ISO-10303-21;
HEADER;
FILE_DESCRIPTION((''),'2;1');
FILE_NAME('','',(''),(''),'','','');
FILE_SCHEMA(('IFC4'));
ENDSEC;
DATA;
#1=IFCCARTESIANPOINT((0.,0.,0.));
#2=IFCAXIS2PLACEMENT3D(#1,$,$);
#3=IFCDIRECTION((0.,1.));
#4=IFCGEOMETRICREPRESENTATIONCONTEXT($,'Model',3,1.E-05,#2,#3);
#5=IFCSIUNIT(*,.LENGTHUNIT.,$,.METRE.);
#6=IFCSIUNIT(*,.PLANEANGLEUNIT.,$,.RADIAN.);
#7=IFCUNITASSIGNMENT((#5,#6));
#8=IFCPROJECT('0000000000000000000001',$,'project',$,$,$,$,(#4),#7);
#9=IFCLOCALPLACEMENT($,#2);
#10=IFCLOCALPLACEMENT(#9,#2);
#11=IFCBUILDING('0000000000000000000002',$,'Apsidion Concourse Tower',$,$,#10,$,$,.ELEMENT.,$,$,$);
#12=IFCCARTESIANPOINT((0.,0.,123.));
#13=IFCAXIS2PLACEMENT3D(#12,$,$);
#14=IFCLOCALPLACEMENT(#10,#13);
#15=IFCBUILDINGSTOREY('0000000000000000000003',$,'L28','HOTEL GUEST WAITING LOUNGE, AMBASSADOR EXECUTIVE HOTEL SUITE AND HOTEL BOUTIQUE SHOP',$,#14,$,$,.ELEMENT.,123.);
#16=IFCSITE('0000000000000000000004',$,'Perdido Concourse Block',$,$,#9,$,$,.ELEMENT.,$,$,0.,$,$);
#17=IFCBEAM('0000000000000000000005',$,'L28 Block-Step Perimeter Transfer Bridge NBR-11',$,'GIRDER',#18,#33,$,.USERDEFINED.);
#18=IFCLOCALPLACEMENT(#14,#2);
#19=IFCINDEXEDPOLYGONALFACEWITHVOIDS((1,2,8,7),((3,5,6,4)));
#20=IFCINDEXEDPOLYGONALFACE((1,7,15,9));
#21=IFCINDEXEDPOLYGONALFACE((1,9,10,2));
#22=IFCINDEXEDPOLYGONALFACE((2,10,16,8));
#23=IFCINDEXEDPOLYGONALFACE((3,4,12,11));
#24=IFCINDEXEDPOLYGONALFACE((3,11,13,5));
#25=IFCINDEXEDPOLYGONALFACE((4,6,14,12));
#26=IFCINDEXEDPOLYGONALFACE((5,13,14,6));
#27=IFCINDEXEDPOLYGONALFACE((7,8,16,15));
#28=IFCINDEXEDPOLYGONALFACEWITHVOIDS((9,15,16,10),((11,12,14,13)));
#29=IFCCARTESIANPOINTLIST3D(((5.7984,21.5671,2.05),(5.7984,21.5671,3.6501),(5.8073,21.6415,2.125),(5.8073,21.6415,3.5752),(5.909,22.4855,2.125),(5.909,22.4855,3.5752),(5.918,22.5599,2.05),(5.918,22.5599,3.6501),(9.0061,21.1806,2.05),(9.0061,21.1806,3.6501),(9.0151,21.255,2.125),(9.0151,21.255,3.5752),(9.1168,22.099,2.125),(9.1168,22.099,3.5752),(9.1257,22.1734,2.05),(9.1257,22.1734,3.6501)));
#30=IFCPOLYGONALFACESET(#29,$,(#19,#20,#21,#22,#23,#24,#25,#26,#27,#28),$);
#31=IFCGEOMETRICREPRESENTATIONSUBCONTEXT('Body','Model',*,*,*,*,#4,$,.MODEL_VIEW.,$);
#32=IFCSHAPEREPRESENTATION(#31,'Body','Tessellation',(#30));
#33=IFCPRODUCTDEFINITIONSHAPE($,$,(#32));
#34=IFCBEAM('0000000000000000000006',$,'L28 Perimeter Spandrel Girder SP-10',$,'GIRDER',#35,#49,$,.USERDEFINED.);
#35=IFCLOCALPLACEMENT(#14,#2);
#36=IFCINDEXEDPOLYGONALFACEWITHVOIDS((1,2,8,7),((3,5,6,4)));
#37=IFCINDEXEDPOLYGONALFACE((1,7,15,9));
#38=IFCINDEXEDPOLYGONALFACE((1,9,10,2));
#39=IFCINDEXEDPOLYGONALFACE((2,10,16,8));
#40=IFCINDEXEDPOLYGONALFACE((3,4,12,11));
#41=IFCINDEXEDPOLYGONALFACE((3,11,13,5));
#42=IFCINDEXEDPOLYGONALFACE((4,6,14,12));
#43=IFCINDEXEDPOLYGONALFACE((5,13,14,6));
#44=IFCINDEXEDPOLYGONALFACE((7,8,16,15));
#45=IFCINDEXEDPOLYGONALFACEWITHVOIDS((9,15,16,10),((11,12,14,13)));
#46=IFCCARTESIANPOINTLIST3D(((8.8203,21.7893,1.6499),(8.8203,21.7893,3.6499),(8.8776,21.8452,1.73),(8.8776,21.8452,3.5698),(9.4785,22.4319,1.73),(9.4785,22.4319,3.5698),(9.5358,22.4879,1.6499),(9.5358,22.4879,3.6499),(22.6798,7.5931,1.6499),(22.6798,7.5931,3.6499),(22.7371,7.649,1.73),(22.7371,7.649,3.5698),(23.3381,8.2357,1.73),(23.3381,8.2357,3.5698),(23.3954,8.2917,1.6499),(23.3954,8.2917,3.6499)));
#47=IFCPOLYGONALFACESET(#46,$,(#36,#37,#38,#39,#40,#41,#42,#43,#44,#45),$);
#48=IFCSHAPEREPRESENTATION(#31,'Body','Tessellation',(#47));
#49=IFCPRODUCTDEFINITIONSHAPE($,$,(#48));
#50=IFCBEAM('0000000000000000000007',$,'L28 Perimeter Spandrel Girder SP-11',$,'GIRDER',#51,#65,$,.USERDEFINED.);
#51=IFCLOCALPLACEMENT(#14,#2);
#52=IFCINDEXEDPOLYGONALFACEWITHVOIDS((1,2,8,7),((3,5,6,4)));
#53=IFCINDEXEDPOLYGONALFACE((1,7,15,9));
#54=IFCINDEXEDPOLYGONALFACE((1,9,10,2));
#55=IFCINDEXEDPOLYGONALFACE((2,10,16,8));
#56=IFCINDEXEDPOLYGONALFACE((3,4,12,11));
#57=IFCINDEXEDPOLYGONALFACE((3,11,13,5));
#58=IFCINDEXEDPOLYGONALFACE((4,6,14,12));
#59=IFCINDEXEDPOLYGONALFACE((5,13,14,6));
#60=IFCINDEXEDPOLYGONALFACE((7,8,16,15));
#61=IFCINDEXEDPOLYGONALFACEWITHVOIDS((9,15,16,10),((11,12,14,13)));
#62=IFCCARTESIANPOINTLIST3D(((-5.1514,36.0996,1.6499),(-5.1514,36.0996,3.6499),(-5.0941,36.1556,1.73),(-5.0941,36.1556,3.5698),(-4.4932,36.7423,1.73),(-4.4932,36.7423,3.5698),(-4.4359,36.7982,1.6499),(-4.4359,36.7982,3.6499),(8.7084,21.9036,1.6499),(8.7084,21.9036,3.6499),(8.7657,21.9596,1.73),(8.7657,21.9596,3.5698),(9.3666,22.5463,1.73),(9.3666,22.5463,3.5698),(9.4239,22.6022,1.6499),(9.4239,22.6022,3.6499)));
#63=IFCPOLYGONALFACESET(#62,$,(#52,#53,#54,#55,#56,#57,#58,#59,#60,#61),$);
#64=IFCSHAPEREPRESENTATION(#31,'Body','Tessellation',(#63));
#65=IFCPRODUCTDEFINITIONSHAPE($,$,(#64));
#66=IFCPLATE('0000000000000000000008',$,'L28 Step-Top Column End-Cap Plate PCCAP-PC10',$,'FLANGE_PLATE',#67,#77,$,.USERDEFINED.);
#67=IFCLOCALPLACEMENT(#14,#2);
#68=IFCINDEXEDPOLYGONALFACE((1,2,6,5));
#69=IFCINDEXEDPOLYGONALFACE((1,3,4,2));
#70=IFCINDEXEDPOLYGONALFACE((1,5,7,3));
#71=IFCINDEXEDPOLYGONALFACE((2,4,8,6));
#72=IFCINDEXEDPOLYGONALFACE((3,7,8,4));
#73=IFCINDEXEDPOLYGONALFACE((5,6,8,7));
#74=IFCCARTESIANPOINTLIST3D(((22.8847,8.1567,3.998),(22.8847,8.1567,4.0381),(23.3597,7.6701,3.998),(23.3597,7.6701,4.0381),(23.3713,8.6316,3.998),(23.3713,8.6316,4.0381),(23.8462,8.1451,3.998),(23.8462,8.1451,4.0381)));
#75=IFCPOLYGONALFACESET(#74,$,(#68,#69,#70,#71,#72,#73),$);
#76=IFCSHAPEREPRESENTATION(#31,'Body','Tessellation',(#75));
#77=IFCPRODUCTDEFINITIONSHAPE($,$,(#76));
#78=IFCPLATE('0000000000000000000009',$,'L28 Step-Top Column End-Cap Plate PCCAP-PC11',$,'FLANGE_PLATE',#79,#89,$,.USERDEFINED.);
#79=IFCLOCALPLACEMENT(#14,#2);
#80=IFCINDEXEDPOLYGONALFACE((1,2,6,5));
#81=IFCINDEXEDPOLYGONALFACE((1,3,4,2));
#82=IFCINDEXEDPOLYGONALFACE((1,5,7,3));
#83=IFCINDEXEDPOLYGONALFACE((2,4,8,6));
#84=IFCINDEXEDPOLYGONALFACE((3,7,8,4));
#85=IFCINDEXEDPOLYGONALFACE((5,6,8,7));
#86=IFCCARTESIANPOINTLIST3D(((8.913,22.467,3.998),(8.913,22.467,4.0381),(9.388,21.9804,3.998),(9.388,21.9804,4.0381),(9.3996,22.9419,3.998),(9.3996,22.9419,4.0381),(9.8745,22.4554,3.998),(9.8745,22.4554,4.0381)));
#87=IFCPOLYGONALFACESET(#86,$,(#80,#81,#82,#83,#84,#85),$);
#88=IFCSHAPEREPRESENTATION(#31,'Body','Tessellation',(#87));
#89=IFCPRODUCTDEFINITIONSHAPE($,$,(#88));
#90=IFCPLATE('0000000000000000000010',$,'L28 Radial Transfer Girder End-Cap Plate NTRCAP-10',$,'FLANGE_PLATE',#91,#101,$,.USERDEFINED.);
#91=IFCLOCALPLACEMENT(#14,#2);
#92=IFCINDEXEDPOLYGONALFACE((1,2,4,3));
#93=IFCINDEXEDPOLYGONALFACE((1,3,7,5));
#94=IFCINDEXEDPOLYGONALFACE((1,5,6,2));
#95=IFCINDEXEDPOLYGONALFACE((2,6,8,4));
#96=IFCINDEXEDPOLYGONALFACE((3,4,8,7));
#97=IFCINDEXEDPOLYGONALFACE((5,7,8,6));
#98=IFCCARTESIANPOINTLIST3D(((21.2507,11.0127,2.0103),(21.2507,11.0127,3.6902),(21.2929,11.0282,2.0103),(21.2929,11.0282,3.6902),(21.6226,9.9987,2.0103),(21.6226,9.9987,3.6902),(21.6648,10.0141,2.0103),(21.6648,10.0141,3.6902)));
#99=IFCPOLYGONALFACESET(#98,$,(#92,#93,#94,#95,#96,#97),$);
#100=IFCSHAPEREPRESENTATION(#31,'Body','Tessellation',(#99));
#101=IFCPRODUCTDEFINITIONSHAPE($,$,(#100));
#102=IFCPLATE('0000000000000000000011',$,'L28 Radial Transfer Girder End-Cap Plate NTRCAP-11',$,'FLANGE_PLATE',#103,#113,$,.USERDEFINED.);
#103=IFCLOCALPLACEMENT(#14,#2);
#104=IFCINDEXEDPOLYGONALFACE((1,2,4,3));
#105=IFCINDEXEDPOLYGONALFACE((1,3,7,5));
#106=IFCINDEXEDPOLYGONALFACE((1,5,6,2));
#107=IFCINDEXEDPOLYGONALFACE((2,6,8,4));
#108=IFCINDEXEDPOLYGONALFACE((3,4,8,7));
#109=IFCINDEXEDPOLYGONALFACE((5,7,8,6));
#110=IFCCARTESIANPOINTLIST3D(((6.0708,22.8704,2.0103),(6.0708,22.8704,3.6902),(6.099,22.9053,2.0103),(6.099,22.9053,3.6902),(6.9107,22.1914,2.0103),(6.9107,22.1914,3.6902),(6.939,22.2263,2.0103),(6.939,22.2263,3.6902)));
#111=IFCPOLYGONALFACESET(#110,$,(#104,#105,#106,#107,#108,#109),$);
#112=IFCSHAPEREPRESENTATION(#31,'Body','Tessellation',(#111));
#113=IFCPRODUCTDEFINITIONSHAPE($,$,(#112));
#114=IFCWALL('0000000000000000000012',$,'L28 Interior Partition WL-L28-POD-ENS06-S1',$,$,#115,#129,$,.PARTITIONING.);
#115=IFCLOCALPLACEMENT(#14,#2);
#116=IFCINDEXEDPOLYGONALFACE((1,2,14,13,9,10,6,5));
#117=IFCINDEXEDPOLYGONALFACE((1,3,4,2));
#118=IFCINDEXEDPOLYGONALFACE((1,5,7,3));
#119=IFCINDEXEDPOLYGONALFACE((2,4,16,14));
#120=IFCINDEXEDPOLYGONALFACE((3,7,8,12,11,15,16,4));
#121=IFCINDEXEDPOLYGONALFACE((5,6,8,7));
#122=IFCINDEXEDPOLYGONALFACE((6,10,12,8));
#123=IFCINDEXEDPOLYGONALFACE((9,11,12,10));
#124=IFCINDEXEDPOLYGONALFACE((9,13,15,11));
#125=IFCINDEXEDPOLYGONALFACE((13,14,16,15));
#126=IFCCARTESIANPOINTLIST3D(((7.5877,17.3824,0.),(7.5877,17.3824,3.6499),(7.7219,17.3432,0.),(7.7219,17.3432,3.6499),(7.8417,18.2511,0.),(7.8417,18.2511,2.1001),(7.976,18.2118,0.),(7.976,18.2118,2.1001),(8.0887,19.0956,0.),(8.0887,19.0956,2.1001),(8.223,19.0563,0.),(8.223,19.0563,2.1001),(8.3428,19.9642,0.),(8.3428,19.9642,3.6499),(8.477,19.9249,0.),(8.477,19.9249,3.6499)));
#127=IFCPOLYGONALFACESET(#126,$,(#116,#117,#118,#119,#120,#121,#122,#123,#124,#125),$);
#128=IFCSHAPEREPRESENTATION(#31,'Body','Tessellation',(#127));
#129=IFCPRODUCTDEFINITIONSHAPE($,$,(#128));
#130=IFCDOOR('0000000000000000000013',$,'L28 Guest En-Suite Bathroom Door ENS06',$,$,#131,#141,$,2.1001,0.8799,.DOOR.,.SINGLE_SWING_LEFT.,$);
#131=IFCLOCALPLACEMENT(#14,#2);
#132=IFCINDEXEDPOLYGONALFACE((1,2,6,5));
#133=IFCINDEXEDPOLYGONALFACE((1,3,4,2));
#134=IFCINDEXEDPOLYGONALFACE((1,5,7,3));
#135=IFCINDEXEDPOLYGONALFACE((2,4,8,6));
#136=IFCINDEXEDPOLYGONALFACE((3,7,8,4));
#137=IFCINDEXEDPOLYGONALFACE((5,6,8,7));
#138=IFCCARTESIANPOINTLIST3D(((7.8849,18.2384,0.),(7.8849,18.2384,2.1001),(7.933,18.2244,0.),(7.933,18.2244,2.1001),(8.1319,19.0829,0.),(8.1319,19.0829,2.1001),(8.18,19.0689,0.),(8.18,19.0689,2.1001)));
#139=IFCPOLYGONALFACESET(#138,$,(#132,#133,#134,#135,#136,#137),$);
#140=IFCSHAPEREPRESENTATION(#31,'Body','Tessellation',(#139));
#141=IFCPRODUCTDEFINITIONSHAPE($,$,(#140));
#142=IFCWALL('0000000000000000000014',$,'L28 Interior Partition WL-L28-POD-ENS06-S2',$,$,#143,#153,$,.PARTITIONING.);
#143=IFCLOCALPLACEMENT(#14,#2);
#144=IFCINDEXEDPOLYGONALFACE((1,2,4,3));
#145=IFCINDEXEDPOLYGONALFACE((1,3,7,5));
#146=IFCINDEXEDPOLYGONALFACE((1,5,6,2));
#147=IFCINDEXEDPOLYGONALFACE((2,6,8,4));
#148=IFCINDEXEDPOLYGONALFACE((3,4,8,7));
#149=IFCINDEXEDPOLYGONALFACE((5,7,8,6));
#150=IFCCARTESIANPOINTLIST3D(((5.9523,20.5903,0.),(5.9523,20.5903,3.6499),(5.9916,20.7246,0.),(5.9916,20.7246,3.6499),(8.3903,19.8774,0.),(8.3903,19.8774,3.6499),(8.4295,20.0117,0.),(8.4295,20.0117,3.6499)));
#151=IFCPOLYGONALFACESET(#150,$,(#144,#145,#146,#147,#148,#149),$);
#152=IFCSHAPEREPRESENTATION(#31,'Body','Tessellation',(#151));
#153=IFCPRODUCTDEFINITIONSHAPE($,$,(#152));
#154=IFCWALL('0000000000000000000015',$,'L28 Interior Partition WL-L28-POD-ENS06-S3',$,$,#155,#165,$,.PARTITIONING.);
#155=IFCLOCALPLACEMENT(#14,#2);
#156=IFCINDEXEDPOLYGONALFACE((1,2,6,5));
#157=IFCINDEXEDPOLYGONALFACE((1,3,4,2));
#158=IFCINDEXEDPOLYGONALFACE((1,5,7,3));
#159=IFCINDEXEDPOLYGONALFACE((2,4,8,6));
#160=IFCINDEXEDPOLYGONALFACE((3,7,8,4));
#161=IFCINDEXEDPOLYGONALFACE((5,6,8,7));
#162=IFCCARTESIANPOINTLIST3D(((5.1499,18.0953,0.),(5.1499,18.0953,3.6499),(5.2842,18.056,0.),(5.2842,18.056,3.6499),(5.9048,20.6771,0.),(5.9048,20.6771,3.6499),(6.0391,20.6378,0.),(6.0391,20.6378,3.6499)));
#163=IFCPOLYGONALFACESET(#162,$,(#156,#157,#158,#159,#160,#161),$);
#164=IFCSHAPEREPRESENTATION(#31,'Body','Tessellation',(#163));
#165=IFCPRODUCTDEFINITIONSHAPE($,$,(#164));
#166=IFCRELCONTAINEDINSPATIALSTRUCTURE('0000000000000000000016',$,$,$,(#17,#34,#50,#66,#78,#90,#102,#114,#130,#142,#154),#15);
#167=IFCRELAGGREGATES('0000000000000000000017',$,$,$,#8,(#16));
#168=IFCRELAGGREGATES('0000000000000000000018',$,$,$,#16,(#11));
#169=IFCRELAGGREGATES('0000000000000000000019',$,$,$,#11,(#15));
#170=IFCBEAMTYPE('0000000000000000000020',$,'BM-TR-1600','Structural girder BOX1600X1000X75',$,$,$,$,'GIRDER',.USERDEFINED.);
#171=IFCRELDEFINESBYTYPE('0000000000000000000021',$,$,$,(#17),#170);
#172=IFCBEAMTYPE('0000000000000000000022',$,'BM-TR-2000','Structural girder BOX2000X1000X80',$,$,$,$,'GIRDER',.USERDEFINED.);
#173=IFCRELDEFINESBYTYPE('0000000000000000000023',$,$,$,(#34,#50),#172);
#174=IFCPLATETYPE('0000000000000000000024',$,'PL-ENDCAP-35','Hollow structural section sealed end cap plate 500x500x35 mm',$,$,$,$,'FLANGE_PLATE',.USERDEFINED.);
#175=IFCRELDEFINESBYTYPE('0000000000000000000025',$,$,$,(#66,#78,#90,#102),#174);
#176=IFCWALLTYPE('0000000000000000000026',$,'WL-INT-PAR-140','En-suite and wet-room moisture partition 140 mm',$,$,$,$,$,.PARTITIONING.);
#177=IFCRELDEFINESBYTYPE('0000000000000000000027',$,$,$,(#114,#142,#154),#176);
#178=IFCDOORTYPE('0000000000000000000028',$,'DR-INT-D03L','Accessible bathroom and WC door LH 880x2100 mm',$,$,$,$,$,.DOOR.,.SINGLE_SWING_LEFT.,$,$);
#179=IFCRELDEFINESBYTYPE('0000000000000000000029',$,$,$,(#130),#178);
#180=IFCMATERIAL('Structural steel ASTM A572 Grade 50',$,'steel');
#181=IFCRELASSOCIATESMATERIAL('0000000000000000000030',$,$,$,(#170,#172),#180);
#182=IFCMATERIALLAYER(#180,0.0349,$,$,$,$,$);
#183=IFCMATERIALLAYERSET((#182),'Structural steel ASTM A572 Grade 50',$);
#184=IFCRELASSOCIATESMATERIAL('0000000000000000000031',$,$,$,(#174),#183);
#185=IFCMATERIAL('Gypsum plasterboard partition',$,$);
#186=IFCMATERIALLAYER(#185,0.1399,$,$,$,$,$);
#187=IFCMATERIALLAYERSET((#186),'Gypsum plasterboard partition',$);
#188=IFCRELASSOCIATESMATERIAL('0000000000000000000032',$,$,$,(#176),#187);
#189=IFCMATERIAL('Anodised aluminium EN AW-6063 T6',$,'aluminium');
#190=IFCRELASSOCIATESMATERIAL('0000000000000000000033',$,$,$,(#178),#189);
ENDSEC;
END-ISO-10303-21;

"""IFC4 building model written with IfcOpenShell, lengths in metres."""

from ifc_helpers import new_model, si_unit, direction, frame, frame_2d, origin, origin_2d, place, context, subcontext, project, spatial, rectangle, hollow_rectangle, extrude, material, layer, layer_set, material_profile, profile_set, type_object, element, fill, save


model = new_model("IFC4")

# Units and contexts
model_context = context("Model", 3, precision=1e-05, world=origin(), true_north=direction((0.0, 1.0)))
body_context = subcontext(model_context, "Body", "Model", "MODEL_VIEW")
ifc_project = project(units=[si_unit("LENGTHUNIT", "METRE"), si_unit("PLANEANGLEUNIT", "RADIAN")], contexts=[model_context])

# Site, building, storey
site_placement = place(None, origin())
site = spatial("IfcSite", under=ifc_project, at=site_placement, Name="Perdido Concourse Block", CompositionType="ELEMENT", RefElevation=0.0)
building_placement = place(site_placement, origin())
building = spatial("IfcBuilding", under=site, at=building_placement, Name="Apsidion Concourse Tower", CompositionType="ELEMENT")
storey_placement = place(building_placement, frame((0.0, 0.0, 123.0)))
storey = spatial("IfcBuildingStorey", under=building, at=storey_placement, Name="L28", Description="HOTEL GUEST WAITING LOUNGE, AMBASSADOR EXECUTIVE HOTEL SUITE AND HOTEL BOUTIQUE SHOP", CompositionType="ELEMENT", Elevation=123.0)

# Shared definitions
ifc_material_1 = material(Name="Structural steel ASTM A572 Grade 50", Category="steel")

# Beams
ifc_material_profile_1 = material_profile(ifc_material_1, hollow_rectangle(XDim=1.0, YDim=1.6001, WallThickness=0.075, at=origin_2d()), Name="BOX1600X1000X75")
ifc_profile_set_1 = profile_set([ifc_material_profile_1], Name="Structural steel ASTM A572 Grade 50")
beam_type_1 = type_object("IfcBeamType", Name="BM-TR-1600", Description="Structural girder BOX1600X1000X75", ElementType="GIRDER", PredefinedType="USERDEFINED", material=ifc_profile_set_1)
beam_1_placement = place(storey_placement, frame((9.0659, 21.677, 2.8501), z_axis=(-0.99282, 0.119616, 0.0), x_axis=(-0.119616, -0.99282, 0.0)))
element("IfcBeam", 1, at=beam_1_placement, inside=storey, type_object=beam_type_1, Name="L28 Block-Step Perimeter Transfer Bridge NBR-11", ObjectType="GIRDER", PredefinedType="USERDEFINED", context=body_context, shape_type="SweptSolid", body=[
    extrude(hollow_rectangle(XDim=1.0, YDim=1.6001, WallThickness=0.075, at=origin_2d()), origin(), (0.0, 0.0, 1.0), 3.231),
])
ifc_material_profile_2 = material_profile(ifc_material_1, hollow_rectangle(XDim=1.0, YDim=2.0, WallThickness=0.0801, at=origin_2d()), Name="BOX2000X1000X80")
ifc_profile_set_2 = profile_set([ifc_material_profile_2], Name="Structural steel ASTM A572 Grade 50")
beam_type_2 = type_object("IfcBeamType", Name="BM-TR-2000", Description="Structural girder BOX2000X1000X80", ElementType="GIRDER", PredefinedType="USERDEFINED", material=ifc_profile_set_2)
for number, where, z_axis, x_axis, name in (
    (2, (23.0376, 7.9424, 2.6499), (-0.698571, 0.715541, 0.0), (-0.715541, -0.698571, 0.0), "L28 Perimeter Spandrel Girder SP-10"),
    (3, (9.0662, 22.2529, 2.6499), (-0.698584, 0.715528, 0.0), (-0.715528, -0.698584, 0.0), "L28 Perimeter Spandrel Girder SP-11"),
):
    element("IfcBeam", number, at=place(storey_placement, frame(where, z_axis=z_axis, x_axis=x_axis)), inside=storey, type_object=beam_type_2, Name=name, ObjectType="GIRDER", PredefinedType="USERDEFINED", context=body_context, shape_type="SweptSolid", body=[
        extrude(hollow_rectangle(XDim=1.0, YDim=2.0, WallThickness=0.0801, at=origin_2d()), origin(), (0.0, 0.0, 1.0), 19.8398),
    ])

# Plates
ifc_layer_1 = layer(ifc_material_1, 0.0349)
ifc_layer_set_1 = layer_set([ifc_layer_1], Name="Structural steel ASTM A572 Grade 50")
plate_type = type_object("IfcPlateType", Name="PL-ENDCAP-35", Description="Hollow structural section sealed end cap plate 500x500x35 mm", ElementType="FLANGE_PLATE", PredefinedType="USERDEFINED", material=ifc_layer_set_1)
for number, where, z_axis, x_axis, name in (
    (4, (23.3655, 8.1509, 3.998), (0.0, 0.0, 1.0), (-0.69854, 0.715571, 0.0), "L28 Step-Top Column End-Cap Plate PCCAP-PC10"),
    (5, (9.3938, 22.4612, 3.998), (0.0, 0.0, 1.0), (-0.69854, 0.715571, 0.0), "L28 Step-Top Column End-Cap Plate PCCAP-PC11"),
):
    element("IfcPlate", number, at=place(storey_placement, frame(where, z_axis=z_axis, x_axis=x_axis)), inside=storey, type_object=plate_type, Name=name, ObjectType="FLANGE_PLATE", PredefinedType="USERDEFINED", context=body_context, shape_type="SweptSolid", body=[
        extrude(rectangle(XDim=0.6799, YDim=0.6799, at=origin_2d()), origin(), (0.0, 0.0, 1.0), 0.04),
    ])
for number, where, z_axis, x_axis, name in (
    (6, (21.4578, 10.5134, 2.0103), (0.0, 0.0, 1.0), (0.938854, 0.344315, 0.0), "L28 Radial Transfer Girder End-Cap Plate NTRCAP-10"),
    (7, (6.5049, 22.5483, 2.0103), (0.0, 0.0, 1.0), (0.628642, 0.777695, 0.0), "L28 Radial Transfer Girder End-Cap Plate NTRCAP-11"),
):
    element("IfcPlate", number, at=place(storey_placement, frame(where, z_axis=z_axis, x_axis=x_axis)), inside=storey, type_object=plate_type, Name=name, ObjectType="FLANGE_PLATE", PredefinedType="USERDEFINED", context=body_context, shape_type="SweptSolid", body=[
        extrude(rectangle(XDim=0.0449, YDim=1.0801, at=origin_2d()), origin(), (0.0, 0.0, 1.0), 1.6799),
    ])

# Wall, opening, door
ifc_material_2 = material(Name="Gypsum plasterboard partition")
ifc_layer_2 = layer(ifc_material_2, 0.1399)
ifc_layer_set_2 = layer_set([ifc_layer_2], Name="Gypsum plasterboard partition")
wall_type_1 = type_object("IfcWallType", Name="WL-INT-PAR-140", Description="En-suite and wet-room moisture partition 140 mm", PredefinedType="PARTITIONING", material=ifc_layer_set_2)
wall_1_placement = place(storey_placement, frame((7.6548, 17.3628, 0.0), z_axis=(0.0, 0.0, 1.0), x_axis=(0.280721, 0.959789, 0.0)))
wall_1 = element("IfcWall", 8, at=wall_1_placement, inside=storey, type_object=wall_type_1, Name="L28 Interior Partition WL-L28-POD-ENS06-S1", PredefinedType="PARTITIONING", context=body_context, shape_type="SweptSolid", body=[
    extrude(rectangle(XDim=2.6899, YDim=0.1399, at=frame_2d((1.345, 0.0))), origin(), (0.0, 0.0, 1.0), 3.6499),
])
opening_1_placement = place(wall_1_placement, frame((0.905, 0.0, 0.0)))
opening_1 = element("IfcOpeningElement", 9, at=opening_1_placement, cuts=wall_1, PredefinedType="OPENING", context=body_context, shape_type="SweptSolid", body=[
    extrude(rectangle(XDim=0.8799, YDim=2.1001, at=frame_2d((0.4399, 1.05))), frame((0.0, 0.0801, 0.0), z_axis=(0.0, -1.0, 0.0), x_axis=(1.0, 0.0, 0.0)), (0.0, 0.0, 1.0), 0.1599),
])
ifc_material_3 = material(Name="Anodised aluminium EN AW-6063 T6", Category="aluminium")
door_type_1 = type_object("IfcDoorType", Name="DR-INT-D03L", Description="Accessible bathroom and WC door LH 880x2100 mm", OperationType="SINGLE_SWING_LEFT", PredefinedType="DOOR", material=ifc_material_3)
door_1_placement = place(opening_1_placement, origin())
door_1 = element("IfcDoor", 10, at=door_1_placement, inside=storey, type_object=door_type_1, Name="L28 Guest En-Suite Bathroom Door ENS06", OperationType="SINGLE_SWING_LEFT", OverallHeight=2.1001, OverallWidth=0.8799, PredefinedType="DOOR", context=body_context, shape_type="SweptSolid", body=[
    extrude(rectangle(XDim=0.8799, YDim=2.1001, at=frame_2d((0.4399, 1.05))), frame((0.0, 0.0249, 0.0), z_axis=(0.0, -1.0, 0.0), x_axis=(1.0, 0.0, 0.0)), (0.0, 0.0, 1.0), 0.05),
])
fill(opening_1, door_1)

# Walls
wall_2_placement = place(storey_placement, frame((8.4099, 19.9446, 0.0), z_axis=(0.0, 0.0, 1.0), x_axis=(-0.959808, 0.280657, 0.0)))
element("IfcWall", 11, at=wall_2_placement, inside=storey, type_object=wall_type_1, Name="L28 Interior Partition WL-L28-POD-ENS06-S2", PredefinedType="PARTITIONING", context=body_context, shape_type="SweptSolid", body=[
    extrude(rectangle(XDim=2.54, YDim=0.1399, at=frame_2d((1.27, 0.0))), origin(), (0.0, 0.0, 1.0), 3.6499),
])
wall_3_placement = place(storey_placement, frame((5.9719, 20.6575, 0.0), z_axis=(0.0, 0.0, 1.0), x_axis=(-0.280638, -0.959814, 0.0)))
element("IfcWall", 12, at=wall_3_placement, inside=storey, type_object=wall_type_1, Name="L28 Interior Partition WL-L28-POD-ENS06-S3", PredefinedType="PARTITIONING", context=body_context, shape_type="SweptSolid", body=[
    extrude(rectangle(XDim=2.6899, YDim=0.1399, at=frame_2d((1.345, 0.0))), origin(), (0.0, 0.0, 1.0), 3.6499),
])

save(model, "model.ifc")
